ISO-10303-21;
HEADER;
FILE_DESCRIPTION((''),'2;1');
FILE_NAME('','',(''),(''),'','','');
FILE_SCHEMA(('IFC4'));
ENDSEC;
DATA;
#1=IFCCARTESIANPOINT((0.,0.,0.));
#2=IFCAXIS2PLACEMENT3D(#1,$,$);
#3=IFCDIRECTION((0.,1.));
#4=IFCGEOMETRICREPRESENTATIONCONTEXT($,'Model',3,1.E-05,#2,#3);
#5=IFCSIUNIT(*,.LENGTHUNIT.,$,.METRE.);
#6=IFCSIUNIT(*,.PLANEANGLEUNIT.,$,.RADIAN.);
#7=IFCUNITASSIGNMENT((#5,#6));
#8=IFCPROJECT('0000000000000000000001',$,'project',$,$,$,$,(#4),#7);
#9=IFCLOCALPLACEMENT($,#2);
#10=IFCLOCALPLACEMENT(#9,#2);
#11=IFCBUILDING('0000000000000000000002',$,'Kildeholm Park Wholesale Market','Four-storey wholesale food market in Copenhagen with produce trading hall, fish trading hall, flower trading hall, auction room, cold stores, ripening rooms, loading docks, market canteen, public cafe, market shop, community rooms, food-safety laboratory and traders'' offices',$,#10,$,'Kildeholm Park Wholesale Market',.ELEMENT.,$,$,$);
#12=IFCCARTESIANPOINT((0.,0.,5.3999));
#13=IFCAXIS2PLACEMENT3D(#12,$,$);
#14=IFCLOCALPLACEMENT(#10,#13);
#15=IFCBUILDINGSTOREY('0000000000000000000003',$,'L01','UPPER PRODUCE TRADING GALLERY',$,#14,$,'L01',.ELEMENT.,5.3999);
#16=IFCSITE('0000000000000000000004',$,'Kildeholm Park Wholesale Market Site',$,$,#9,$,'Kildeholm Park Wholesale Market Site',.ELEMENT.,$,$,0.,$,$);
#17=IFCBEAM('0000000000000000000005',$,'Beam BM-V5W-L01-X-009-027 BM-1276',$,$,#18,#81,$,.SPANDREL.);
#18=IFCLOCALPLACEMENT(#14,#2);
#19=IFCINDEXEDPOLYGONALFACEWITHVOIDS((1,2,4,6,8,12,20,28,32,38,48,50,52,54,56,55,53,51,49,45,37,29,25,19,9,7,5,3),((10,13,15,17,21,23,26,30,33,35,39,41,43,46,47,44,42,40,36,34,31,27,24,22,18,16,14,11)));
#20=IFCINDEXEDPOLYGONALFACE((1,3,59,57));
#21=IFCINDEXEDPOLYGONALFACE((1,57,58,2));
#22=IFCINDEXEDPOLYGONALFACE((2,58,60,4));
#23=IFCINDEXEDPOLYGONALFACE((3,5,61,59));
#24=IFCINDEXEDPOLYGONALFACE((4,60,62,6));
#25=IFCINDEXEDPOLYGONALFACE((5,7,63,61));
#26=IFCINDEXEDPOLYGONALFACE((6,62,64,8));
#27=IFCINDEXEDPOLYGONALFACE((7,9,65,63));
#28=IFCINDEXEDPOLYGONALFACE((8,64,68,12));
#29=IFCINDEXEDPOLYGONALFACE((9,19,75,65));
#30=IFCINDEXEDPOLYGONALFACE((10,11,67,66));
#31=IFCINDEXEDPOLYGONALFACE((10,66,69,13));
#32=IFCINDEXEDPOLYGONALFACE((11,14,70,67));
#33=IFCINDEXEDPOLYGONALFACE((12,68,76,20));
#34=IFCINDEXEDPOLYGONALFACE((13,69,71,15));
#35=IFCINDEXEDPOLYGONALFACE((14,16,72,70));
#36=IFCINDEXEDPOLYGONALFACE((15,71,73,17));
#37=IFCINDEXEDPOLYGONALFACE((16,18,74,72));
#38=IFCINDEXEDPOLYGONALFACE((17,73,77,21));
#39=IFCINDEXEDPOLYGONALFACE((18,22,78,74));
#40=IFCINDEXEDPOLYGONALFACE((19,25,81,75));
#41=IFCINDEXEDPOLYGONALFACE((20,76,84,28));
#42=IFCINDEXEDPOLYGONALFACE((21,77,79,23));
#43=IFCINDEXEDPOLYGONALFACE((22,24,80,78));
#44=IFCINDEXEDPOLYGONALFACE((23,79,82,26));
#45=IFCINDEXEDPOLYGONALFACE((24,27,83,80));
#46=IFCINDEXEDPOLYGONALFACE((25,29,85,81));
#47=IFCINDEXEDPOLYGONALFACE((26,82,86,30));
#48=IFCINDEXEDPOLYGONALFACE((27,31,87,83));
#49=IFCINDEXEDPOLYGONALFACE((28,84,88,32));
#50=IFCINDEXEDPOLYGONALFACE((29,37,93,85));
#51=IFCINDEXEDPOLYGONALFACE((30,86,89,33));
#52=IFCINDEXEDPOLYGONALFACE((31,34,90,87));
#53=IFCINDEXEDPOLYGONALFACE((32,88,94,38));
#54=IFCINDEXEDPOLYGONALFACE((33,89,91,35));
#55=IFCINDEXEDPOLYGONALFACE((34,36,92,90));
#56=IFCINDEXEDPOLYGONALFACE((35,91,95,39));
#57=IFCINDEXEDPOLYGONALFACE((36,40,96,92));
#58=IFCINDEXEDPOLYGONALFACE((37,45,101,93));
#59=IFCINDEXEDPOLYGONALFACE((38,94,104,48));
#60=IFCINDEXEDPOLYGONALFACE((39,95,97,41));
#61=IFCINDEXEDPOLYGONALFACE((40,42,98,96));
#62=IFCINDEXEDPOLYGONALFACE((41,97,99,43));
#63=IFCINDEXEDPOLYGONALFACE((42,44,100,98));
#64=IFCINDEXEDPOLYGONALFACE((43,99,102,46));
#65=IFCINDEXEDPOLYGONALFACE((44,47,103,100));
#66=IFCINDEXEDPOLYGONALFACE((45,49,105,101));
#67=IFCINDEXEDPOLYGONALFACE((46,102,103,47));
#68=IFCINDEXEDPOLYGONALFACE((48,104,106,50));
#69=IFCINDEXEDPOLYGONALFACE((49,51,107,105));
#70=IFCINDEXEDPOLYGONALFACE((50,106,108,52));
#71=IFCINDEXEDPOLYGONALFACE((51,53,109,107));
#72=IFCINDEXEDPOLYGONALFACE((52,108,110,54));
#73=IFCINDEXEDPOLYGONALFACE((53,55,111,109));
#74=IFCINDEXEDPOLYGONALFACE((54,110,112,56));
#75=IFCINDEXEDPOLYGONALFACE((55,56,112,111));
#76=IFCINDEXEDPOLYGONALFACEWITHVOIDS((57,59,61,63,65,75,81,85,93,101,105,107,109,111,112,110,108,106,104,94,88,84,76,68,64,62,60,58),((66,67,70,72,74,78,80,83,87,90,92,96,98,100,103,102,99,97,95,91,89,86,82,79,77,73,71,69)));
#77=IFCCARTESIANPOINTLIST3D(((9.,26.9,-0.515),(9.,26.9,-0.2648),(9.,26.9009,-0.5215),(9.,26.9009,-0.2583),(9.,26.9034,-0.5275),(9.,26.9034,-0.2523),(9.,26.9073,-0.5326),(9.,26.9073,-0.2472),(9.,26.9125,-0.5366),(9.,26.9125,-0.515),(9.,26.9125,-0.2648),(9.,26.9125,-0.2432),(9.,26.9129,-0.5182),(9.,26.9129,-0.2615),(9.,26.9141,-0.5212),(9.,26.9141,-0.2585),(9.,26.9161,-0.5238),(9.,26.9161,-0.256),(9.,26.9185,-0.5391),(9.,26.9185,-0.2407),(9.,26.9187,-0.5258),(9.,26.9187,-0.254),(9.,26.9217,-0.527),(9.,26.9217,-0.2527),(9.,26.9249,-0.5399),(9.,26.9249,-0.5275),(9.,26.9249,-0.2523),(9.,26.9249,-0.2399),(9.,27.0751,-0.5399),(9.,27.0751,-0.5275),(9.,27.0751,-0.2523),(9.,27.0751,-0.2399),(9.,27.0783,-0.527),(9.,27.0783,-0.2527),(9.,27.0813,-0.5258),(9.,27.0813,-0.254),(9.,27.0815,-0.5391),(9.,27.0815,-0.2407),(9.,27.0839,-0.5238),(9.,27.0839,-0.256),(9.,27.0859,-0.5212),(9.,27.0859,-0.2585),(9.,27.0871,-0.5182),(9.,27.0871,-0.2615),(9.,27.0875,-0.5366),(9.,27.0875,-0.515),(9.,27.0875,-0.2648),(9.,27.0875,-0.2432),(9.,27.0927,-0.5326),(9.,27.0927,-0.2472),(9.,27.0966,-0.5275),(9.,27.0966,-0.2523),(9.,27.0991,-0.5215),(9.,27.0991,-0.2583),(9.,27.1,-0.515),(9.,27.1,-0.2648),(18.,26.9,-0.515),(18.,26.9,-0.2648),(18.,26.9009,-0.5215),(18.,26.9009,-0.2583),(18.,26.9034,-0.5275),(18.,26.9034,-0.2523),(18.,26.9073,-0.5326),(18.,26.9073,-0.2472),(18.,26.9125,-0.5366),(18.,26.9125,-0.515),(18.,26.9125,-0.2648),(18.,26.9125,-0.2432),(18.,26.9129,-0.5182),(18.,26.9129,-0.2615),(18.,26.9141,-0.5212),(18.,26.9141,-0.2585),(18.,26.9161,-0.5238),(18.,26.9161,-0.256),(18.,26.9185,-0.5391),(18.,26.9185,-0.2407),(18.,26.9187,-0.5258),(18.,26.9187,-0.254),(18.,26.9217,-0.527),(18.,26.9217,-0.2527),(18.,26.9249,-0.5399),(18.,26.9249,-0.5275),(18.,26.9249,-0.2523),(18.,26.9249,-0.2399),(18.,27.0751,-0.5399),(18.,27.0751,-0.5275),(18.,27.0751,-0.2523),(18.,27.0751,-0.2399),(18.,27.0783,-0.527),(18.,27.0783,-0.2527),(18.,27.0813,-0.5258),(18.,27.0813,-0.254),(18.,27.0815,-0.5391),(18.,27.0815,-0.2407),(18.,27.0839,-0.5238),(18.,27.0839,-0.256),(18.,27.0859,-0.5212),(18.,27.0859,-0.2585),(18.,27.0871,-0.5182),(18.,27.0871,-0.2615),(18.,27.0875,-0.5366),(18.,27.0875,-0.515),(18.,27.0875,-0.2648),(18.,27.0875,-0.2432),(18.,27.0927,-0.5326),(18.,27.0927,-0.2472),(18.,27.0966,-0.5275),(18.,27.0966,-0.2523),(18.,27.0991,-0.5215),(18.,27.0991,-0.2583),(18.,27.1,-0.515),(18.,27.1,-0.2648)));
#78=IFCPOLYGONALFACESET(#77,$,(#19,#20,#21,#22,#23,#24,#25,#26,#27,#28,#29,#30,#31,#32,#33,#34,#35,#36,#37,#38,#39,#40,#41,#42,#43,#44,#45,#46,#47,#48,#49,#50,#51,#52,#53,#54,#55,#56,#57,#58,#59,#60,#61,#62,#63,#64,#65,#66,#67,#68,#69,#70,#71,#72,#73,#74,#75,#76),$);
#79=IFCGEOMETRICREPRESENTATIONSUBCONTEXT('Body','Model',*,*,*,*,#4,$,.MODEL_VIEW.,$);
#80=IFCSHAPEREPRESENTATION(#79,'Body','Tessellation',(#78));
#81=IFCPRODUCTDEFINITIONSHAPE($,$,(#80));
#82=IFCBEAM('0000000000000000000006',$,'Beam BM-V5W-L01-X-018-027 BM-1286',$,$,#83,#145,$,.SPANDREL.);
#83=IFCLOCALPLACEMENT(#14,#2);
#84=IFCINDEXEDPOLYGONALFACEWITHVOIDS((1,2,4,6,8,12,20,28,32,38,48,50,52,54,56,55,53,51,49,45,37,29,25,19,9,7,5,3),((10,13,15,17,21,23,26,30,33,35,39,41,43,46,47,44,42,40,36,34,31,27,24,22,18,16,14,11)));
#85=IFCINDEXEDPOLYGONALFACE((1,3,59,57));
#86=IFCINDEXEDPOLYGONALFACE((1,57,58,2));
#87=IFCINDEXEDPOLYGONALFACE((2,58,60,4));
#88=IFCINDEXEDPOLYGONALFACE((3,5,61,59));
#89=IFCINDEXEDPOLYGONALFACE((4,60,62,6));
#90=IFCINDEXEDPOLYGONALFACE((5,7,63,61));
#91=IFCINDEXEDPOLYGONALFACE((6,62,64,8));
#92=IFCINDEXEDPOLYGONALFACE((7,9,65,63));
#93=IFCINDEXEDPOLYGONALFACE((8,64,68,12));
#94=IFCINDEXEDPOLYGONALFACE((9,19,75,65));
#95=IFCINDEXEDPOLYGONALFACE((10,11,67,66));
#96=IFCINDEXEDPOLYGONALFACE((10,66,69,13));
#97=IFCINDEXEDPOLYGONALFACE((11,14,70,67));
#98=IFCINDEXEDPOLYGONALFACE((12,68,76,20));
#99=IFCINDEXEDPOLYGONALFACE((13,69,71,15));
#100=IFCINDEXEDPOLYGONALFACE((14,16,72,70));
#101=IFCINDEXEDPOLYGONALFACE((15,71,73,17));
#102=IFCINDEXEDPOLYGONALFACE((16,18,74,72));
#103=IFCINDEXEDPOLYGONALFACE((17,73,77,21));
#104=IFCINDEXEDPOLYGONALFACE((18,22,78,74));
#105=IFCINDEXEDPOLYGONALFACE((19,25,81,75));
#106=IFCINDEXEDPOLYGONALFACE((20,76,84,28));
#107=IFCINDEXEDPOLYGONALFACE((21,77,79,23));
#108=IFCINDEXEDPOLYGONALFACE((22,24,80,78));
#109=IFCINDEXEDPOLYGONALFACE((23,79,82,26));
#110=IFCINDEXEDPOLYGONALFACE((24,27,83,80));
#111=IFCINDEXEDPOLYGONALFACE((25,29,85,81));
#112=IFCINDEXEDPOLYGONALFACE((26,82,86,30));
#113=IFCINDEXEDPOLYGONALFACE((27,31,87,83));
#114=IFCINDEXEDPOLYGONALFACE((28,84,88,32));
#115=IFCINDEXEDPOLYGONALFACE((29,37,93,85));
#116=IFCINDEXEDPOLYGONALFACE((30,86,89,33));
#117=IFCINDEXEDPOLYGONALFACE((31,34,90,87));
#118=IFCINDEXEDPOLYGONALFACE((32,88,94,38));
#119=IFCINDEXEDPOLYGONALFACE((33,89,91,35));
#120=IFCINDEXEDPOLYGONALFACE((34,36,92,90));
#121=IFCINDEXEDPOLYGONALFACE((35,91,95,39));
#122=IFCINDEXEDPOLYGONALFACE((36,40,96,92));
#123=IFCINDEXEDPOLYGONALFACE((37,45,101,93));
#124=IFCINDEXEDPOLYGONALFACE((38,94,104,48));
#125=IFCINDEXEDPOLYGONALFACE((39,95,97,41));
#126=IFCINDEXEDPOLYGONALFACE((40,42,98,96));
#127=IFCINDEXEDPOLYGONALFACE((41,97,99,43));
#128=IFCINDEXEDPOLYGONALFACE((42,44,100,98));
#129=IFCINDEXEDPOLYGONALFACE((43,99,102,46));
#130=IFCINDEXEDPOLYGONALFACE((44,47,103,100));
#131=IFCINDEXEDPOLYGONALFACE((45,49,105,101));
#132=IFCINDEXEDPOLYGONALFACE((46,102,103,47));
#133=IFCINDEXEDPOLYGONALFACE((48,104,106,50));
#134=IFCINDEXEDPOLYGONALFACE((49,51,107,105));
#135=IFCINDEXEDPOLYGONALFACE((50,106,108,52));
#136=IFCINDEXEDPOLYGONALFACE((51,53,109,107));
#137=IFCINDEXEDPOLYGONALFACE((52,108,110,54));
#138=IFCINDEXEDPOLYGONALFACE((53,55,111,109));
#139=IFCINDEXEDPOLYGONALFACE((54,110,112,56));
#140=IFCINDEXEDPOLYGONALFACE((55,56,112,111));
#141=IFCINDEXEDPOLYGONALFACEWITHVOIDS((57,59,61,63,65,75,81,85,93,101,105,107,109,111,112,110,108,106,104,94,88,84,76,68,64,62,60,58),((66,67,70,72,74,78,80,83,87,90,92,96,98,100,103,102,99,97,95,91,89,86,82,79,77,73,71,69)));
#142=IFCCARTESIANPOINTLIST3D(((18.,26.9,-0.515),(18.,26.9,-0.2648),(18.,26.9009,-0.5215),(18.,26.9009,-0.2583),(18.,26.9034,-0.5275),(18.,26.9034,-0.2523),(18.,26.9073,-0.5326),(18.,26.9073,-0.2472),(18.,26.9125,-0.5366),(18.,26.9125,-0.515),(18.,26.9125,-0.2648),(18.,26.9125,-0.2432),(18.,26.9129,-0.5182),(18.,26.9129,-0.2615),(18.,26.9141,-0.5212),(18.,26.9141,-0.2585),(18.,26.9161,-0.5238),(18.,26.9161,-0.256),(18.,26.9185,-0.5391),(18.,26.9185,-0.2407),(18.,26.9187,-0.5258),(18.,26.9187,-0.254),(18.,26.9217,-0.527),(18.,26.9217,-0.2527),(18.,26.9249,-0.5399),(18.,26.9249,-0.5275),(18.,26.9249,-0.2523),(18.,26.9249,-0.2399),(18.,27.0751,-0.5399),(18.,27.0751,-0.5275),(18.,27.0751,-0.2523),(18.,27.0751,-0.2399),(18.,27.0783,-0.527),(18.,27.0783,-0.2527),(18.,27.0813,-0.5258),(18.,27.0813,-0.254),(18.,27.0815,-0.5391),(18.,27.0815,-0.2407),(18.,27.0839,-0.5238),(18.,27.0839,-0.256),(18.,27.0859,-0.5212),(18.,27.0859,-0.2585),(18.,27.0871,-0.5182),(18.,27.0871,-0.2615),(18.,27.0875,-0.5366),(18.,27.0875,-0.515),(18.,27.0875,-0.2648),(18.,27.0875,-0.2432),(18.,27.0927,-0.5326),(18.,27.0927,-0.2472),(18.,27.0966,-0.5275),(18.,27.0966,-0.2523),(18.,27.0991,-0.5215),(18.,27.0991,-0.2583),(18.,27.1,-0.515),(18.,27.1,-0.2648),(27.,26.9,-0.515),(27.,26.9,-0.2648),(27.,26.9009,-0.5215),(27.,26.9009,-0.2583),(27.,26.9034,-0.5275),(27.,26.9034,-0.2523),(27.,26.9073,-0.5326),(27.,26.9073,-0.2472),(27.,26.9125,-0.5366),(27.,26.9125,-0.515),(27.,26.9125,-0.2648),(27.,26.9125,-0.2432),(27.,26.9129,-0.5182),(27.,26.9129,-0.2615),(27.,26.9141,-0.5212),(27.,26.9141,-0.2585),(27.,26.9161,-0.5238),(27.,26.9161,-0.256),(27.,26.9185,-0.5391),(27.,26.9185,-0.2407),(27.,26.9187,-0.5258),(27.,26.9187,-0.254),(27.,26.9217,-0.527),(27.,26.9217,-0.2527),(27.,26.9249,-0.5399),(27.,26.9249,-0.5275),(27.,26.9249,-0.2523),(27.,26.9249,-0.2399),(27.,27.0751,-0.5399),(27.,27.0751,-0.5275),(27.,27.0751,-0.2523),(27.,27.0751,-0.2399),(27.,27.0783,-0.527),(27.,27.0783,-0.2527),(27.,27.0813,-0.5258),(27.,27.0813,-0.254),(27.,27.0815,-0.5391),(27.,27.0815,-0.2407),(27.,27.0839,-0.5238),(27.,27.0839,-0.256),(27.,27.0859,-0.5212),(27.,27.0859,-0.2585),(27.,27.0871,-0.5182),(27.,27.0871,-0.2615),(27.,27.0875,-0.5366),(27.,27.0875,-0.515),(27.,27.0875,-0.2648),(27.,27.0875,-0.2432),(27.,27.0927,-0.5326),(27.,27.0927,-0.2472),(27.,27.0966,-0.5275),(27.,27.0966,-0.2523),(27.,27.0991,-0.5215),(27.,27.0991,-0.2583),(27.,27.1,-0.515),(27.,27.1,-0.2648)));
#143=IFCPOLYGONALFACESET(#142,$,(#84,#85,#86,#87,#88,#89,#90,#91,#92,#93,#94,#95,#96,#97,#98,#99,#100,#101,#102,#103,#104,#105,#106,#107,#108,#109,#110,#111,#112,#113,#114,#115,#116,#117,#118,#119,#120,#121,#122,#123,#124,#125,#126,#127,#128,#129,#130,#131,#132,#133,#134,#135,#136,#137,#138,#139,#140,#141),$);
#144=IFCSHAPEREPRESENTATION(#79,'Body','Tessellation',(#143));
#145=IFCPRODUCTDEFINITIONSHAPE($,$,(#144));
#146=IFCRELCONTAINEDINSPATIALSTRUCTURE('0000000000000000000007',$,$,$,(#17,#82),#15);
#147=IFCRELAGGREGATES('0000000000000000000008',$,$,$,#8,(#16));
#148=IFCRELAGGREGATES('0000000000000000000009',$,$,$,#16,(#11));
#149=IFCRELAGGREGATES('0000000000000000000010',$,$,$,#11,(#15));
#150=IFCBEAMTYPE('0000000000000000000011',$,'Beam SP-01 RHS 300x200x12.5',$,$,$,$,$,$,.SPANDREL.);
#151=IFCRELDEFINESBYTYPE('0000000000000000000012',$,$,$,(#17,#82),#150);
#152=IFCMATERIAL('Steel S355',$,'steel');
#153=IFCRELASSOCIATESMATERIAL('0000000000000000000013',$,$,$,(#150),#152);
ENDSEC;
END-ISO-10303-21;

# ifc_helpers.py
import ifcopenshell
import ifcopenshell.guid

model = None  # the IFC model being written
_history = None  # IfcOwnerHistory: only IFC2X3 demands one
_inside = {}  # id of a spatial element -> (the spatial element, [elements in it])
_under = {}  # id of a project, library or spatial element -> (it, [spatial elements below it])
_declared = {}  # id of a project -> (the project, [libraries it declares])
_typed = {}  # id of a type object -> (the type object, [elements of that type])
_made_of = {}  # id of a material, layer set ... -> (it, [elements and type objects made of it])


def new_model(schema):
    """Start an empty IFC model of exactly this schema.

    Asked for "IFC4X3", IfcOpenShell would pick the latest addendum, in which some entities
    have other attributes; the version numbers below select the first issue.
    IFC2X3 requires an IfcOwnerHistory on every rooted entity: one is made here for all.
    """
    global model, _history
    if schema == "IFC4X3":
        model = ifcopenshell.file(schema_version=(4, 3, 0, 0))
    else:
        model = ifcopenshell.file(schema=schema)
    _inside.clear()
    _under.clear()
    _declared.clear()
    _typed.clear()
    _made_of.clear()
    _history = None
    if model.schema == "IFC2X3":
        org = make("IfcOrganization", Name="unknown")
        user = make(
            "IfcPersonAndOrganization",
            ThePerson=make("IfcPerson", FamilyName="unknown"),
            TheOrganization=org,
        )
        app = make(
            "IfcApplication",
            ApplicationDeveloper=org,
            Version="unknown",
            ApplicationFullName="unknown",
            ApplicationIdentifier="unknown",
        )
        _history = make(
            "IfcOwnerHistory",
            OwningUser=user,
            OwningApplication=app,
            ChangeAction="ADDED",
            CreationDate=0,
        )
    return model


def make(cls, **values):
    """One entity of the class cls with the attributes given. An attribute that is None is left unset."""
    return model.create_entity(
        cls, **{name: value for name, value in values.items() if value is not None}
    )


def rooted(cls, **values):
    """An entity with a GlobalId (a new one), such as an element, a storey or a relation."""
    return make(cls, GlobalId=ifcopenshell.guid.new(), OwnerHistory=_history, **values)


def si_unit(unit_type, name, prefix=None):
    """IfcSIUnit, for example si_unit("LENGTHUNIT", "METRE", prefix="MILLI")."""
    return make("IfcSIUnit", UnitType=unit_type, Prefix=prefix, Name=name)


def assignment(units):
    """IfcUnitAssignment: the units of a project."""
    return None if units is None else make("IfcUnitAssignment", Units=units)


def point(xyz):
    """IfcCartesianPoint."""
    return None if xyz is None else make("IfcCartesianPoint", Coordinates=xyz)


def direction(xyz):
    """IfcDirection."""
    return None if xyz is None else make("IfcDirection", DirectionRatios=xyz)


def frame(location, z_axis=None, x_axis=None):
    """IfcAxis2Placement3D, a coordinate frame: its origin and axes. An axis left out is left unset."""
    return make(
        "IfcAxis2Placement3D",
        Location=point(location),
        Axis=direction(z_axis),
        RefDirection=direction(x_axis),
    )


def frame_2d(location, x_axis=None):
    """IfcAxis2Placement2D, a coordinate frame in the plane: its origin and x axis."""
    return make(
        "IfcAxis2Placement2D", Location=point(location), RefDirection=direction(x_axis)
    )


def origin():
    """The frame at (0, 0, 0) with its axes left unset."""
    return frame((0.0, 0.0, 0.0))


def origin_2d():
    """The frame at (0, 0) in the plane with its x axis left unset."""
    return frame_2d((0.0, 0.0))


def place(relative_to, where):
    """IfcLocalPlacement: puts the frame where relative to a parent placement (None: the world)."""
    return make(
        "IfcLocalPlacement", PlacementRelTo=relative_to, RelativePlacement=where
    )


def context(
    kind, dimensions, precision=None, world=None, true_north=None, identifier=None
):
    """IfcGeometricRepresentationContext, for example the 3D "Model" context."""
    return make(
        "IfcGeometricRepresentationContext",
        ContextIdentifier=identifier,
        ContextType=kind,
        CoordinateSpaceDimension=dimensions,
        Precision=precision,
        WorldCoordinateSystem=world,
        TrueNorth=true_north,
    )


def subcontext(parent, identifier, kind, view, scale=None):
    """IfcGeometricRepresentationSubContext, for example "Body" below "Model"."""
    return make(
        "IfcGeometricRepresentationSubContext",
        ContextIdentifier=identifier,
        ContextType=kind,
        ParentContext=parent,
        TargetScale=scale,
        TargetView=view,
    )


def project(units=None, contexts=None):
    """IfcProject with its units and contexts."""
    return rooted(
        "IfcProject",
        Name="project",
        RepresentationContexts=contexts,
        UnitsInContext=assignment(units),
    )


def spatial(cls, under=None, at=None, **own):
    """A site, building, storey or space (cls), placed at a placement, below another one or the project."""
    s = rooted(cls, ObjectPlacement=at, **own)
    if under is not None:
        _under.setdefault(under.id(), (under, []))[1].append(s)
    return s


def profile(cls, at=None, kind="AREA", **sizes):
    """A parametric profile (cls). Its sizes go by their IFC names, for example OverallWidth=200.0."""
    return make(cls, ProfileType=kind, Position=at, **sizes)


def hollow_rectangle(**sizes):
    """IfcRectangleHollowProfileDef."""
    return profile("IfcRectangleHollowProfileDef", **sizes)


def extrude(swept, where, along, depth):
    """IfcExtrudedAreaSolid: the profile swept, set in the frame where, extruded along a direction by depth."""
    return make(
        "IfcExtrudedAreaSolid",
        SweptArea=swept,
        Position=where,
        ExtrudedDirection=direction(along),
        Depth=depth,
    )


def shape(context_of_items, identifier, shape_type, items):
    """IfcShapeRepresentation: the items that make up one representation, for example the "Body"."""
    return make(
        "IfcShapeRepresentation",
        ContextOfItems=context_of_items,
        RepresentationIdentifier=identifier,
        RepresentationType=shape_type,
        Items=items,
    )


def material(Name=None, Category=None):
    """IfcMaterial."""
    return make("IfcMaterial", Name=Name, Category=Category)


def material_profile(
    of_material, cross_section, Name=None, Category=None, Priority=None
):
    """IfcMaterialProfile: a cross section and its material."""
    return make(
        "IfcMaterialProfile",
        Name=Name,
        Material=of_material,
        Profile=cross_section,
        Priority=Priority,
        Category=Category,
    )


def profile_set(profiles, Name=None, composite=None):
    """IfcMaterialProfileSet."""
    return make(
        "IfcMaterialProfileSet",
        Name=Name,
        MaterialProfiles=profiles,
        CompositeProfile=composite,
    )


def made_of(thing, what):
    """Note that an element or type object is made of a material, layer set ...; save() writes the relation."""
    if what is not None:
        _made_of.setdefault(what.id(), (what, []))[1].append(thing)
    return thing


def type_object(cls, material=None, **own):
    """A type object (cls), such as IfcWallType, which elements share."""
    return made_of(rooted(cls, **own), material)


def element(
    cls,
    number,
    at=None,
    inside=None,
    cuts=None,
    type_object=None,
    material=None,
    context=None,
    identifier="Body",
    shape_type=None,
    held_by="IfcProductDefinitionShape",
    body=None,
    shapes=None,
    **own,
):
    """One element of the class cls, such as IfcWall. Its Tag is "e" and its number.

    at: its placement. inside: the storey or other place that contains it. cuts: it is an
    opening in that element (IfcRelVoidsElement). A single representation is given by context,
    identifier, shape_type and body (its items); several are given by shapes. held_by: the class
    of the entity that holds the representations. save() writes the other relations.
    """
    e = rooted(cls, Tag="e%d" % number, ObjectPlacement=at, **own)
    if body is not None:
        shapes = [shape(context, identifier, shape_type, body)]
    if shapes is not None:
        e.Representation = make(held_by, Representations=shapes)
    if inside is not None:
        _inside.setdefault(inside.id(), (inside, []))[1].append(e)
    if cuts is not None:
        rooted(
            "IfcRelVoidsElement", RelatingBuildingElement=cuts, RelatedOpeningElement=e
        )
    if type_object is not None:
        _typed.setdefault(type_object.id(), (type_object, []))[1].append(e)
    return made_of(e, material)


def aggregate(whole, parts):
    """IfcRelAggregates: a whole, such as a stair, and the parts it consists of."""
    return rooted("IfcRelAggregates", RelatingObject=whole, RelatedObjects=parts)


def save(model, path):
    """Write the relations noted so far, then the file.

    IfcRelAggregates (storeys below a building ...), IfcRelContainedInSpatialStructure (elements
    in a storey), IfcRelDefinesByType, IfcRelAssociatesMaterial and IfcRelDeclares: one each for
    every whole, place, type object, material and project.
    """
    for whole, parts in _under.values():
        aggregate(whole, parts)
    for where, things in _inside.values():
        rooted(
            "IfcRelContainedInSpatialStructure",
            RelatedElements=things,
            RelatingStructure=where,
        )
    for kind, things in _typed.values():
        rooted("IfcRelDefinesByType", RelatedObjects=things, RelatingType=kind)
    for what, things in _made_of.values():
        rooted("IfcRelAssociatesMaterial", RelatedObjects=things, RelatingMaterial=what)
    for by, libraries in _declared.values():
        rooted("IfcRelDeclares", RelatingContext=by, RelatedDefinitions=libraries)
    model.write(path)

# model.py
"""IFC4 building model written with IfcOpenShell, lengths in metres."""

from ifc_helpers import new_model, si_unit, direction, frame, origin, origin_2d, place, context, subcontext, project, spatial, hollow_rectangle, extrude, material, material_profile, profile_set, type_object, element, save


model = new_model("IFC4")

# Units and contexts
model_context = context("Model", 3, precision=1e-05, world=origin(), true_north=direction((0.0, 1.0)))
body_context = subcontext(model_context, "Body", "Model", "MODEL_VIEW")
ifc_project = project(units=[si_unit("LENGTHUNIT", "METRE"), si_unit("PLANEANGLEUNIT", "RADIAN")], contexts=[model_context])

# Site, building, storey
site_placement = place(None, origin())
site = spatial("IfcSite", under=ifc_project, at=site_placement, Name="Kildeholm Park Wholesale Market Site", LongName="Kildeholm Park Wholesale Market Site", CompositionType="ELEMENT", RefElevation=0.0)
building_placement = place(site_placement, origin())
building = spatial("IfcBuilding", under=site, at=building_placement, Name="Kildeholm Park Wholesale Market", Description="Four-storey wholesale food market in Copenhagen with produce trading hall, fish trading hall, flower trading hall, auction room, cold stores, ripening rooms, loading docks, market canteen, public cafe, market shop, community rooms, food-safety laboratory and traders' offices", LongName="Kildeholm Park Wholesale Market", CompositionType="ELEMENT")
storey_placement = place(building_placement, frame((0.0, 0.0, 5.3999)))
storey = spatial("IfcBuildingStorey", under=building, at=storey_placement, Name="L01", Description="UPPER PRODUCE TRADING GALLERY", LongName="L01", CompositionType="ELEMENT", Elevation=5.3999)

# Shared definitions
ifc_material_1 = material(Name="Steel S355", Category="steel")

# Beams
ifc_material_profile_1 = material_profile(ifc_material_1, hollow_rectangle(XDim=0.2, YDim=0.3, WallThickness=0.0125, InnerFilletRadius=0.0125, OuterFilletRadius=0.0249, at=origin_2d()), Name="RHS 300x200x12.5")
ifc_profile_set_1 = profile_set([ifc_material_profile_1], Name="Steel S355")
beam_type_1 = type_object("IfcBeamType", Name="Beam SP-01 RHS 300x200x12.5", PredefinedType="SPANDREL", material=ifc_profile_set_1)
for number, where, z_axis, x_axis, name in (
    (1, (9.0, 27.0, -0.3899), (1.0, 0.0, 0.0), (0.0, 1.0, 0.0), "Beam BM-V5W-L01-X-009-027 BM-1276"),
    (2, (18.0, 27.0, -0.3899), (1.0, 0.0, 0.0), (0.0, 1.0, 0.0), "Beam BM-V5W-L01-X-018-027 BM-1286"),
):
    element("IfcBeam", number, at=place(storey_placement, frame(where, z_axis=z_axis, x_axis=x_axis)), inside=storey, type_object=beam_type_1, Name=name, PredefinedType="SPANDREL", context=body_context, shape_type="SweptSolid", body=[
        extrude(hollow_rectangle(XDim=0.2, YDim=0.3, WallThickness=0.0125, InnerFilletRadius=0.0125, OuterFilletRadius=0.0249, at=origin_2d()), origin(), (0.0, 0.0, 1.0), 9.0),
    ])

save(model, "model.ifc")
